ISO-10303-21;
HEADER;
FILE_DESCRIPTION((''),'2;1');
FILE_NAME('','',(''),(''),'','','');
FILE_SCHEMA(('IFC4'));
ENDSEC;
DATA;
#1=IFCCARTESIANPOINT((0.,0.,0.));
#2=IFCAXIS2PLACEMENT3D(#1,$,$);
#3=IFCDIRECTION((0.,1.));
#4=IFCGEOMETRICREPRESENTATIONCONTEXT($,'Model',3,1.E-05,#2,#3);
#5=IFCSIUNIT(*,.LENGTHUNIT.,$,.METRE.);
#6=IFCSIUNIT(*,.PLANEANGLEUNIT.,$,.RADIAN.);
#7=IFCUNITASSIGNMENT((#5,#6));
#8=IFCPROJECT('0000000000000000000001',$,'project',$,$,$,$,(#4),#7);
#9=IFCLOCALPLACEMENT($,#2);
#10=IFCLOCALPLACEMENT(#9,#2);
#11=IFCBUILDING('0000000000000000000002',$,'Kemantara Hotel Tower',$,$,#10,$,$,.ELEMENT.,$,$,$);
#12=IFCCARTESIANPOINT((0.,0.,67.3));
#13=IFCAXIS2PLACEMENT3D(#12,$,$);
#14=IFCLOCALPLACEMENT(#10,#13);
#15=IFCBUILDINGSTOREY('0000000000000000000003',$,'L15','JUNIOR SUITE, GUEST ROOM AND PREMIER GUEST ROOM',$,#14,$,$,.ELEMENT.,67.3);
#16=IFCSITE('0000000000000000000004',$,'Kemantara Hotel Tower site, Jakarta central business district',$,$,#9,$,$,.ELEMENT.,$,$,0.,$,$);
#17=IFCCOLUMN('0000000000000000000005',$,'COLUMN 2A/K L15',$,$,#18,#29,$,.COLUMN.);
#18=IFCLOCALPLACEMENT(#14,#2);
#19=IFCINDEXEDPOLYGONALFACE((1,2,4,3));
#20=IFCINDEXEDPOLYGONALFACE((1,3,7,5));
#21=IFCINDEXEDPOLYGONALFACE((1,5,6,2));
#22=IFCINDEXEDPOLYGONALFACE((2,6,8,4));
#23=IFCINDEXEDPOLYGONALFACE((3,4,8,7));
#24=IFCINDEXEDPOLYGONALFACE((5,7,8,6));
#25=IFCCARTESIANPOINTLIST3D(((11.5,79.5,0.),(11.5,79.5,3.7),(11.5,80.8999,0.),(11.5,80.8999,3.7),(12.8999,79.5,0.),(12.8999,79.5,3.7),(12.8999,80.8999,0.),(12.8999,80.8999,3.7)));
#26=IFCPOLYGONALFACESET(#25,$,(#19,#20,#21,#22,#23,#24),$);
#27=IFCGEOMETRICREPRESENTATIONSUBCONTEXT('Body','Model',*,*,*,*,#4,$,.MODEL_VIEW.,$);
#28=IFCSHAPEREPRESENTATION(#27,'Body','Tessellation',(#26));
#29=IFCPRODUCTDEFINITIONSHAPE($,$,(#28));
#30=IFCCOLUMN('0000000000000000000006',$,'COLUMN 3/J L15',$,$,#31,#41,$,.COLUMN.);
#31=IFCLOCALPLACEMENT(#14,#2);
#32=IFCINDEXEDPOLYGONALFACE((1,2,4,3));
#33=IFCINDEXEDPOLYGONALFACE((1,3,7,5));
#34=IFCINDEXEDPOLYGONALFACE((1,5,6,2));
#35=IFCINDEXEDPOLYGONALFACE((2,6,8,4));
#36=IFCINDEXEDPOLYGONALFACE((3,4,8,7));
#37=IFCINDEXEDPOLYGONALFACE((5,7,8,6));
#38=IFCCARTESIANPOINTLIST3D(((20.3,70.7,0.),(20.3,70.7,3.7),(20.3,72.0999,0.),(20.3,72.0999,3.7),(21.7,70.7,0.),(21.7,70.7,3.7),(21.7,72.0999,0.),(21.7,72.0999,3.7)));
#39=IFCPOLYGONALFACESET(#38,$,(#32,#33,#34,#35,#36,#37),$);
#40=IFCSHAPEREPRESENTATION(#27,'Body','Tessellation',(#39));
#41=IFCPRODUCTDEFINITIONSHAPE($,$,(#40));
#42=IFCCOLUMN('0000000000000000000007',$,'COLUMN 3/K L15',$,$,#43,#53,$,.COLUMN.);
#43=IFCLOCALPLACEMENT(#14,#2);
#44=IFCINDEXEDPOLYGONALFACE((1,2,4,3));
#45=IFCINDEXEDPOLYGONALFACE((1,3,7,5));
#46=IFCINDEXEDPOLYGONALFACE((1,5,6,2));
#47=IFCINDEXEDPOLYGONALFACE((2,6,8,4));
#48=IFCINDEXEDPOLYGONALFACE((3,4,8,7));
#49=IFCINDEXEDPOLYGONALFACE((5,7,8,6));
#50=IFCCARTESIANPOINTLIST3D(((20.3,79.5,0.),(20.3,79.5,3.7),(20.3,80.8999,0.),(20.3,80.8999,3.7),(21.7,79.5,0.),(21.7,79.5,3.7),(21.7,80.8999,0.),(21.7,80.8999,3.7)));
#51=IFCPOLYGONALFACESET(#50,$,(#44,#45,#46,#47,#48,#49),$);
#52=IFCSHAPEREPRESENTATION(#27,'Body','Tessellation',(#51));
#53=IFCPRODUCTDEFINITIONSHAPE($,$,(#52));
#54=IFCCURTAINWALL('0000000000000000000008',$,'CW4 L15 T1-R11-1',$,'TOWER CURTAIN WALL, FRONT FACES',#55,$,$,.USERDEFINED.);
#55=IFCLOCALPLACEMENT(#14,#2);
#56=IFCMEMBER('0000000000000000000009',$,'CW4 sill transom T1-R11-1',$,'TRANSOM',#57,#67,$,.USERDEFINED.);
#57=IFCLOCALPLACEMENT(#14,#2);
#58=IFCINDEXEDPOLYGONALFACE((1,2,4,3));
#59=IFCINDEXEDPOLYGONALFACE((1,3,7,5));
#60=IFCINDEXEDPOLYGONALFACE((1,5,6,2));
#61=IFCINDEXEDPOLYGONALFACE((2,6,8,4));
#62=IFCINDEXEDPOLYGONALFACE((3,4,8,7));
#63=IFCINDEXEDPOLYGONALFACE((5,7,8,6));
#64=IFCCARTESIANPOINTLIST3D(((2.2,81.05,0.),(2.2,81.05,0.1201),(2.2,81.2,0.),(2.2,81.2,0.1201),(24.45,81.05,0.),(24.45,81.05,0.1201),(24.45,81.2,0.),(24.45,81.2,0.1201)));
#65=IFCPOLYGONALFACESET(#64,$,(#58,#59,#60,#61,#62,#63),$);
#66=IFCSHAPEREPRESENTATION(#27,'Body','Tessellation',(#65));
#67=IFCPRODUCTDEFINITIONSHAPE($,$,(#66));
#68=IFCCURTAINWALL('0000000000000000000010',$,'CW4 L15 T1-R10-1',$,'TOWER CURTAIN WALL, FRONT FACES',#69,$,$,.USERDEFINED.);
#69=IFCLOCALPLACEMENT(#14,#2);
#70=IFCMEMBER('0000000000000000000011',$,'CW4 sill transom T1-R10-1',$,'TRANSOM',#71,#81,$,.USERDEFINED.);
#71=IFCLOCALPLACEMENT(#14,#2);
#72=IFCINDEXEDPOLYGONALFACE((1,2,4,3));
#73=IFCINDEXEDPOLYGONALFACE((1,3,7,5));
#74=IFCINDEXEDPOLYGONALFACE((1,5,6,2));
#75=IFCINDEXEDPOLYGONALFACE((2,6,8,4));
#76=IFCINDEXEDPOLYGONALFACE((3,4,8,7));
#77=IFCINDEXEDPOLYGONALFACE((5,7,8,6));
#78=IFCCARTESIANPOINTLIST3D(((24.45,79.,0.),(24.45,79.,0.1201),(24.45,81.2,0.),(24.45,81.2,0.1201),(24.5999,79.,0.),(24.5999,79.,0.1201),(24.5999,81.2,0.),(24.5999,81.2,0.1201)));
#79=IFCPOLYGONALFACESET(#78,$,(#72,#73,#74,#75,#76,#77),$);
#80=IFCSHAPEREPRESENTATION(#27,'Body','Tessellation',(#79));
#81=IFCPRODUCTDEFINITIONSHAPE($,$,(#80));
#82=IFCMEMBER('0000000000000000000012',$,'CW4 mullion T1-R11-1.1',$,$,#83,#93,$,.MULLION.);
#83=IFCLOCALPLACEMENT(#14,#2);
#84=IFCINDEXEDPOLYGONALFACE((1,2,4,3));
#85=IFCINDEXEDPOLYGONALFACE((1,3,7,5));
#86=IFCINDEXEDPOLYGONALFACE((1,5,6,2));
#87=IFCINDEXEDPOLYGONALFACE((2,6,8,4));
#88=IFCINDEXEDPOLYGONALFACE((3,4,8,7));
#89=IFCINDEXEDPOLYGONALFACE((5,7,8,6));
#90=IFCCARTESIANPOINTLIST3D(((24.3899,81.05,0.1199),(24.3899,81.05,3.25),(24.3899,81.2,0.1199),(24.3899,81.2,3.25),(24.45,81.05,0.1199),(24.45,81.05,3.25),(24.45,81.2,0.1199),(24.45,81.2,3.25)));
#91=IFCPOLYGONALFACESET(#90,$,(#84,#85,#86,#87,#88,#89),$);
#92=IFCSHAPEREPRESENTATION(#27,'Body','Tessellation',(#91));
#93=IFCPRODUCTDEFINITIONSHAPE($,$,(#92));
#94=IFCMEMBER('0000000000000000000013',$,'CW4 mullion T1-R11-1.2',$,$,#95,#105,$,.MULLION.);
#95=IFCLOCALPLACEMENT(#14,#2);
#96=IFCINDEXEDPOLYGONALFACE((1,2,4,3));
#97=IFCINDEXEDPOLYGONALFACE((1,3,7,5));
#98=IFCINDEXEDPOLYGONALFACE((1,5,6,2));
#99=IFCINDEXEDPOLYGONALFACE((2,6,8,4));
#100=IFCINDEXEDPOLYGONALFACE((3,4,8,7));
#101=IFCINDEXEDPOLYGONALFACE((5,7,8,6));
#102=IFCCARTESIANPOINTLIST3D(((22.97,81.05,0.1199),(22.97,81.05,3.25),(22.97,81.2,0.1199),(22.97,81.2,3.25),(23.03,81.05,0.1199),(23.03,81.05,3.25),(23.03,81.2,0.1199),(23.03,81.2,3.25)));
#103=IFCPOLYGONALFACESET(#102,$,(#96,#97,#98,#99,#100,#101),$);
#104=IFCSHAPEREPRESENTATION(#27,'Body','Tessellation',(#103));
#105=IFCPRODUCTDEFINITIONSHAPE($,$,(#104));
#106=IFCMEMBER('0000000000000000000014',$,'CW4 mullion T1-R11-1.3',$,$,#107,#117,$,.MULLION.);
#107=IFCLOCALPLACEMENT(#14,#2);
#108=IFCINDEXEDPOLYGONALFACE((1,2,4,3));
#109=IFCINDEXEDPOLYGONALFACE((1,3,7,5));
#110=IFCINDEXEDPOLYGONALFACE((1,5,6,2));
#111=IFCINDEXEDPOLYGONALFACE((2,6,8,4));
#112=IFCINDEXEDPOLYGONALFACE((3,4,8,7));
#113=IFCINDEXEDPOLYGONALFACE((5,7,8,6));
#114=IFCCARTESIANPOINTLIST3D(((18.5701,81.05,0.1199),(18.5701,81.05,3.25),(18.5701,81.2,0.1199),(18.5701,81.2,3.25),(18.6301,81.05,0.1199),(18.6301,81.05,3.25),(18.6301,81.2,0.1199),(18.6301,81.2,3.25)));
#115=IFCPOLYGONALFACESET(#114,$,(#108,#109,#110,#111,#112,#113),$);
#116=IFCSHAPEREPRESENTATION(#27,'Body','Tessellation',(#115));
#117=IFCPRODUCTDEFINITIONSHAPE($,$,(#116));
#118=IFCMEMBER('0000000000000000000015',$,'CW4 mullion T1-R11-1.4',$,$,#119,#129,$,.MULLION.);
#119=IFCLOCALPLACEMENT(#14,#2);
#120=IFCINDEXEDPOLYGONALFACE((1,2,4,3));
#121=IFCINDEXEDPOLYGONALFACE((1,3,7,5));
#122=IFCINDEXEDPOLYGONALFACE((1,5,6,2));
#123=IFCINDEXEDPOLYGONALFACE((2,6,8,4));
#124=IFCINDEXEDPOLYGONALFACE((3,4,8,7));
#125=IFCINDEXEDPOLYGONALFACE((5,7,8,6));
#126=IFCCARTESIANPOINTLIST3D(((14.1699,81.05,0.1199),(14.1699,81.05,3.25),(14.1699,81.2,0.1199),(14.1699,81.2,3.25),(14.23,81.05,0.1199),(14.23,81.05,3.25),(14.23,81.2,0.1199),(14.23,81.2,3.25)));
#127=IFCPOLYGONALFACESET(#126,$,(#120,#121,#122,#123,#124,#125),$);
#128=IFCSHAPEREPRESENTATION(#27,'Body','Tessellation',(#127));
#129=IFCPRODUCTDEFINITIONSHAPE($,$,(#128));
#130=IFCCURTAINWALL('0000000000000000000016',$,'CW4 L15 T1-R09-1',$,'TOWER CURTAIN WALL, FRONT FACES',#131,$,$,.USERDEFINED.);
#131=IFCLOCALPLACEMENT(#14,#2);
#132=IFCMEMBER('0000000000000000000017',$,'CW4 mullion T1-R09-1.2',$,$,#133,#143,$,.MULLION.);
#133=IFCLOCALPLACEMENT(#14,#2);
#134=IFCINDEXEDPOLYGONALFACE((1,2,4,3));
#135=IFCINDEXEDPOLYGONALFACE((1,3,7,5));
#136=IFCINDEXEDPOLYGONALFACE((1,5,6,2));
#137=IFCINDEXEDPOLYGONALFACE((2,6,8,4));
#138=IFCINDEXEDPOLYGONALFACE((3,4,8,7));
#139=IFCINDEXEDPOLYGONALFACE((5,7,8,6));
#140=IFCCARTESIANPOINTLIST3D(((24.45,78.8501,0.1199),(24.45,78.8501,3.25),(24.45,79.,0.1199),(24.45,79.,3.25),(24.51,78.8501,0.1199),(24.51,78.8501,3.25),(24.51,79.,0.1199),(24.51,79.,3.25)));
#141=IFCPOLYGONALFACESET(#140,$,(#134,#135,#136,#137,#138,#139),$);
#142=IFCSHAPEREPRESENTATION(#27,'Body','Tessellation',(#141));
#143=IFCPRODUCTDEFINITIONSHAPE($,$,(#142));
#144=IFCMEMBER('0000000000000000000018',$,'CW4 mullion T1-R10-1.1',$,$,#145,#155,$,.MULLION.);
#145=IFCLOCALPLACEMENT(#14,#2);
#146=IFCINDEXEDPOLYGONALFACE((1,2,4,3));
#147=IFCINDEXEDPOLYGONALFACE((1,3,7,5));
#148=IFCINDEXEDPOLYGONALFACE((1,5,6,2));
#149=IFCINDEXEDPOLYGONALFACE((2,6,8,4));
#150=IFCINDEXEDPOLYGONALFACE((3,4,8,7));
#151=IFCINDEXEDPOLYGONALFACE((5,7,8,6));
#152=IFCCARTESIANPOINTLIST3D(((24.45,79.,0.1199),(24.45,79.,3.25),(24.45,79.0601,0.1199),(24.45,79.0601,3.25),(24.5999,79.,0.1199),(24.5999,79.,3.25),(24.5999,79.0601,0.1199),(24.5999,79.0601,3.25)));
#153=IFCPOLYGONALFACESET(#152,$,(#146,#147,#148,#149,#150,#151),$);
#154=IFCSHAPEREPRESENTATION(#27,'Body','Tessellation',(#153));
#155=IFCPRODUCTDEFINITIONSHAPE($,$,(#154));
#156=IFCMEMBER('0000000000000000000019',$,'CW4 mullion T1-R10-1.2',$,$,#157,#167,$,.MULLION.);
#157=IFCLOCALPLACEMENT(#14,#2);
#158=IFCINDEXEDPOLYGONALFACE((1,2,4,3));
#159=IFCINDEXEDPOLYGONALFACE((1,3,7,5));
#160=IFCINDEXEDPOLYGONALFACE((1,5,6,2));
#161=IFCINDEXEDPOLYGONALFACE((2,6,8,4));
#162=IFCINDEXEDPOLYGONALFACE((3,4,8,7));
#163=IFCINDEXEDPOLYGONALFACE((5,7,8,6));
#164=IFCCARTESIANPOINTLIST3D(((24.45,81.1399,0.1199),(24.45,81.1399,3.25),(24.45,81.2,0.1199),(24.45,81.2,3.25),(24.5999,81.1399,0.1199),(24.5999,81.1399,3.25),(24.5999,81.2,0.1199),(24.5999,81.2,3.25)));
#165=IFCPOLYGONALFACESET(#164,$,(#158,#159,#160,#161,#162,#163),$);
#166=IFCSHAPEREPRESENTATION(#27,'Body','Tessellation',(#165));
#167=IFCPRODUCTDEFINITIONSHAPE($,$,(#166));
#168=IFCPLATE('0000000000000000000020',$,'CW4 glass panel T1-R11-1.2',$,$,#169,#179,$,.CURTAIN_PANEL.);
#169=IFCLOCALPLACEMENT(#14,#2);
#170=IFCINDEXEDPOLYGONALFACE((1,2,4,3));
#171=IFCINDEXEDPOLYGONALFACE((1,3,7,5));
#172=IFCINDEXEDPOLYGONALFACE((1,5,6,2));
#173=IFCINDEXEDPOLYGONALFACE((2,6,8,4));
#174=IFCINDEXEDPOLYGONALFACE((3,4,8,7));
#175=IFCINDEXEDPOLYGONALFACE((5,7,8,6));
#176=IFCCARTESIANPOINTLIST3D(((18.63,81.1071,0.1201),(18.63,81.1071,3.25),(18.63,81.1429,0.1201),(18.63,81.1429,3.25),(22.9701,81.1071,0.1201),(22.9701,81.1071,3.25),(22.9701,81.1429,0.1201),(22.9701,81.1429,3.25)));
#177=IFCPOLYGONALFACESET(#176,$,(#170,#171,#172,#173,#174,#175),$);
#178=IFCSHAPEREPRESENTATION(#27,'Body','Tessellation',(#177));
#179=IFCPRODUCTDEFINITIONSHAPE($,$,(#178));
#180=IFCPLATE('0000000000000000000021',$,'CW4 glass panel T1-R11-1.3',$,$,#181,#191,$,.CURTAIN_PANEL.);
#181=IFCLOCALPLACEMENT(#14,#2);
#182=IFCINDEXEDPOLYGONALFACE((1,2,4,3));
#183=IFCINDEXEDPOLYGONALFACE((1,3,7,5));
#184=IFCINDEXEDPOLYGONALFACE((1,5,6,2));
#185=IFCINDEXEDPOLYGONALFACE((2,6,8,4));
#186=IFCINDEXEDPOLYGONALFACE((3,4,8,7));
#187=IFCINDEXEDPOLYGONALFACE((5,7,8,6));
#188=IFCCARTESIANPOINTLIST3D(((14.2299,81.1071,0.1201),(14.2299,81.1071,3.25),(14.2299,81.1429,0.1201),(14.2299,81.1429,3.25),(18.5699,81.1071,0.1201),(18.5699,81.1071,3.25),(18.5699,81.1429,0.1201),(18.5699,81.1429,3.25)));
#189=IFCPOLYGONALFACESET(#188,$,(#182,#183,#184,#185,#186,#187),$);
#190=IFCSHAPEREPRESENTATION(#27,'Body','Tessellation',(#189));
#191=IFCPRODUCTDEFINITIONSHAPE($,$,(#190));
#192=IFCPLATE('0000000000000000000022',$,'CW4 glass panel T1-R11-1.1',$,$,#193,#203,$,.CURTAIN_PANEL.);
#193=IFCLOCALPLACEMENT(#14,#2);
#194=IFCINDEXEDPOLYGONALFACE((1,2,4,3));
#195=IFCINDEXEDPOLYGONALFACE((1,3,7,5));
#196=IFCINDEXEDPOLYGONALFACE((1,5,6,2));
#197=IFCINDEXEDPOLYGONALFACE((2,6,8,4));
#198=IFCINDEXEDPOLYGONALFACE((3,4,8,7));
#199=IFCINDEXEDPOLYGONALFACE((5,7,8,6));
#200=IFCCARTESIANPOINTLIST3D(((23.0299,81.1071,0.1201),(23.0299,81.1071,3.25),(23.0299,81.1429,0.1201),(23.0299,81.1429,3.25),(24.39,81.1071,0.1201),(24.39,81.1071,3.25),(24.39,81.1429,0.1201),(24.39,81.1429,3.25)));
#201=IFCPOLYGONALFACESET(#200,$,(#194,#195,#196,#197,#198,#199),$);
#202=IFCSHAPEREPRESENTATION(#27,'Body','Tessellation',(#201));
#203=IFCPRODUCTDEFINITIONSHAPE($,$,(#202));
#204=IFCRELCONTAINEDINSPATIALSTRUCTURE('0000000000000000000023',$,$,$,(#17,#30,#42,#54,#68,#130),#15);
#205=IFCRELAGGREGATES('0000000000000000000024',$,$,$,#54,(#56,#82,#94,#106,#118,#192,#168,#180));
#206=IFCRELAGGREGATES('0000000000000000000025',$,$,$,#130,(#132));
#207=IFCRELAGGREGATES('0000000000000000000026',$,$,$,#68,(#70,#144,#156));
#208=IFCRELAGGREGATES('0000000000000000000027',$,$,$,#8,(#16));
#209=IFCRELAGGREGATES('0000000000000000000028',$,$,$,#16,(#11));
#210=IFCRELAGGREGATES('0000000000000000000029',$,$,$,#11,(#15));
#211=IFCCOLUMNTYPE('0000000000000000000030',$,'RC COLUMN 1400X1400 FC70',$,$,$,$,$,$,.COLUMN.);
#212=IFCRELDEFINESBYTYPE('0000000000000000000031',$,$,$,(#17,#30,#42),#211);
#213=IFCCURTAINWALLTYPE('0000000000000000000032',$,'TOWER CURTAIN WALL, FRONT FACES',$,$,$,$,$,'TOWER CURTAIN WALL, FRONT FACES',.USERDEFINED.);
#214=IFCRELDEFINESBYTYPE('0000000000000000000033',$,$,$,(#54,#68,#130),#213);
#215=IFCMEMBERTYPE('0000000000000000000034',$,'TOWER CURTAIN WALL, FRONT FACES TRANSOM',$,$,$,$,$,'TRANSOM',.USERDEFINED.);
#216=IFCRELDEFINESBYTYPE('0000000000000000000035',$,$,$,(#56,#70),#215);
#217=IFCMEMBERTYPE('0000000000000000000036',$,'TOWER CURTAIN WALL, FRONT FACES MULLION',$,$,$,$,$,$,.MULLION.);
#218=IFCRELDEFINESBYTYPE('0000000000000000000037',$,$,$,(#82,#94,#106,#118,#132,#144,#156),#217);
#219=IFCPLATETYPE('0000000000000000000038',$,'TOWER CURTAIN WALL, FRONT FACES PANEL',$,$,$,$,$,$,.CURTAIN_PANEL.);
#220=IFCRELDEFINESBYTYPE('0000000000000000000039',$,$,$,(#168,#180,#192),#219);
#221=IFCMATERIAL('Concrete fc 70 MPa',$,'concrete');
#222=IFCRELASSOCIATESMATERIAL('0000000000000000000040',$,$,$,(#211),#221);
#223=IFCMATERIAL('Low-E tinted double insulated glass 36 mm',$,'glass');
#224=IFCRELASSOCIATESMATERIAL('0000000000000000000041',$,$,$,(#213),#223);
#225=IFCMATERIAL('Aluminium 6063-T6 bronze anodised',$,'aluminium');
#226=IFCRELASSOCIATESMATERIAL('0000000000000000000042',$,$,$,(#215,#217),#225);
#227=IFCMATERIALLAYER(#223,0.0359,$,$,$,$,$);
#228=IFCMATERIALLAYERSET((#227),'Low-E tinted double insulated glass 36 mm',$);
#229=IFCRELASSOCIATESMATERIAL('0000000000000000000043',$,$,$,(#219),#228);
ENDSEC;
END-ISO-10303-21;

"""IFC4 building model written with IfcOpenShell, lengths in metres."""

from ifc_helpers import new_model, si_unit, direction, frame, origin, origin_2d, place, context, subcontext, project, spatial, rectangle, extrude, source, transform, mapped, material, layer, layer_set, material_profile, profile_set, type_object, element, aggregate, save


model = new_model("IFC4")

# Units and contexts
model_context = context("Model", 3, precision=1e-05, world=origin(), true_north=direction((0.0, 1.0)))
body_context = subcontext(model_context, "Body", "Model", "MODEL_VIEW")
ifc_project = project(units=[si_unit("LENGTHUNIT", "METRE"), si_unit("PLANEANGLEUNIT", "RADIAN")], contexts=[model_context])

# Site, building, storey
site_placement = place(None, origin())
site = spatial("IfcSite", under=ifc_project, at=site_placement, Name="Kemantara Hotel Tower site, Jakarta central business district", CompositionType="ELEMENT", RefElevation=0.0)
building_placement = place(site_placement, origin())
building = spatial("IfcBuilding", under=site, at=building_placement, Name="Kemantara Hotel Tower", CompositionType="ELEMENT")
storey_placement = place(building_placement, frame((0.0, 0.0, 67.3)))
storey = spatial("IfcBuildingStorey", under=building, at=storey_placement, Name="L15", Description="JUNIOR SUITE, GUEST ROOM AND PREMIER GUEST ROOM", CompositionType="ELEMENT", Elevation=67.3)

# Columns
ifc_material_1 = material(Name="Concrete fc 70 MPa", Category="concrete")
ifc_material_profile_1 = material_profile(ifc_material_1, rectangle(XDim=1.3999, YDim=1.3999, at=origin_2d()), Name="RC 1400X1400")
ifc_profile_set_1 = profile_set([ifc_material_profile_1], Name="Concrete fc 70 MPa")
column_type = type_object("IfcColumnType", Name="RC COLUMN 1400X1400 FC70", PredefinedType="COLUMN", material=ifc_profile_set_1)
for number, where, z_axis, x_axis, name in (
    (1, (12.2, 80.2, 0.0), (0.0, 0.0, 1.0), (1.0, 0.0, 0.0), "COLUMN 2A/K L15"),
    (2, (21.0, 71.3999, 0.0), (0.0, 0.0, 1.0), (1.0, 0.0, 0.0), "COLUMN 3/J L15"),
    (3, (21.0, 80.2, 0.0), (0.0, 0.0, 1.0), (1.0, 0.0, 0.0), "COLUMN 3/K L15"),
):
    element("IfcColumn", number, at=place(storey_placement, frame(where, z_axis=z_axis, x_axis=x_axis)), inside=storey, type_object=column_type, Name=name, PredefinedType="COLUMN", context=body_context, shape_type="SweptSolid", body=[
        extrude(rectangle(XDim=1.3999, YDim=1.3999, at=origin_2d()), origin(), (0.0, 0.0, 1.0), 3.7),
    ])

# Curtain walls, members
ifc_material_2 = material(Name="Low-E tinted double insulated glass 36 mm", Category="glass")
curtain_wall_type = type_object("IfcCurtainWallType", Name="TOWER CURTAIN WALL, FRONT FACES", ElementType="TOWER CURTAIN WALL, FRONT FACES", PredefinedType="USERDEFINED", material=ifc_material_2)
curtain_wall_1_placement = place(storey_placement, origin())
curtain_wall_1 = element("IfcCurtainWall", 4, at=curtain_wall_1_placement, inside=storey, type_object=curtain_wall_type, Name="CW4 L15 T1-R11-1", ObjectType="TOWER CURTAIN WALL, FRONT FACES", PredefinedType="USERDEFINED")
ifc_material_3 = material(Name="Aluminium 6063-T6 bronze anodised", Category="aluminium")
ifc_material_profile_2 = material_profile(ifc_material_3, rectangle(XDim=0.1499, YDim=0.1201, at=origin_2d()), Name="TOWER CURTAIN WALL, FRONT FACES TRANSOM")
ifc_profile_set_2 = profile_set([ifc_material_profile_2], Name="Aluminium 6063-T6 bronze anodised")
member_type_1 = type_object("IfcMemberType", Name="TOWER CURTAIN WALL, FRONT FACES TRANSOM", ElementType="TRANSOM", PredefinedType="USERDEFINED", material=ifc_profile_set_2)
member_1_placement = place(storey_placement, frame((24.45, 81.125, 0.0601), z_axis=(-1.0, 0.0, 0.0), x_axis=(0.0, -1.0, 0.0)))
member_1 = element("IfcMember", 5, at=member_1_placement, type_object=member_type_1, Name="CW4 sill transom T1-R11-1", ObjectType="TRANSOM", PredefinedType="USERDEFINED", context=body_context, shape_type="SweptSolid", body=[
    extrude(rectangle(XDim=0.1499, YDim=0.1201, at=origin_2d()), origin(), (0.0, 0.0, 1.0), 22.25),
])
curtain_wall_2_placement = place(storey_placement, origin())
curtain_wall_2 = element("IfcCurtainWall", 6, at=curtain_wall_2_placement, inside=storey, type_object=curtain_wall_type, Name="CW4 L15 T1-R10-1", ObjectType="TOWER CURTAIN WALL, FRONT FACES", PredefinedType="USERDEFINED")
member_2_placement = place(storey_placement, frame((24.5249, 79.0, 0.0601), z_axis=(0.0, 1.0, 0.0), x_axis=(-1.0, 0.0, 0.0)))
member_2 = element("IfcMember", 7, at=member_2_placement, type_object=member_type_1, Name="CW4 sill transom T1-R10-1", ObjectType="TRANSOM", PredefinedType="USERDEFINED", context=body_context, shape_type="SweptSolid", body=[
    extrude(rectangle(XDim=0.1499, YDim=0.1201, at=origin_2d()), origin(), (0.0, 0.0, 1.0), 2.2),
])

# Members
ifc_material_profile_3 = material_profile(ifc_material_3, rectangle(XDim=0.1499, YDim=0.0601, at=origin_2d()), Name="TOWER CURTAIN WALL, FRONT FACES MULLION")
ifc_profile_set_3 = profile_set([ifc_material_profile_3], Name="Aluminium 6063-T6 bronze anodised")
member_type_2 = type_object("IfcMemberType", Name="TOWER CURTAIN WALL, FRONT FACES MULLION", PredefinedType="MULLION", material=ifc_profile_set_3)
shared_shape_1 = source(origin(), body_context, "Body", "SweptSolid", [
    extrude(rectangle(XDim=0.1499, YDim=0.0601, at=origin_2d()), origin(), (0.0, 0.0, 1.0), 3.1301),
])
member_3_placement = place(storey_placement, frame((24.4199, 81.125, 0.1199), z_axis=(0.0, 0.0, 1.0), x_axis=(0.0, -1.0, 0.0)))
member_3 = element("IfcMember", 8, at=member_3_placement, type_object=member_type_2, Name="CW4 mullion T1-R11-1.1", PredefinedType="MULLION", context=body_context, shape_type="MappedRepresentation", body=[
    mapped(shared_shape_1, transform((0.0, 0.0, 0.0))),
])
member_4_placement = place(storey_placement, frame((23.0, 81.125, 0.1199), z_axis=(0.0, 0.0, 1.0), x_axis=(0.0, -1.0, 0.0)))
member_4 = element("IfcMember", 9, at=member_4_placement, type_object=member_type_2, Name="CW4 mullion T1-R11-1.2", PredefinedType="MULLION", context=body_context, shape_type="MappedRepresentation", body=[
    mapped(shared_shape_1, transform((0.0, 0.0, 0.0))),
])
member_5_placement = place(storey_placement, frame((18.6001, 81.125, 0.1199), z_axis=(0.0, 0.0, 1.0), x_axis=(0.0, -1.0, 0.0)))
member_5 = element("IfcMember", 10, at=member_5_placement, type_object=member_type_2, Name="CW4 mullion T1-R11-1.3", PredefinedType="MULLION", context=body_context, shape_type="MappedRepresentation", body=[
    mapped(shared_shape_1, transform((0.0, 0.0, 0.0))),
])
member_6_placement = place(storey_placement, frame((14.2, 81.125, 0.1199), z_axis=(0.0, 0.0, 1.0), x_axis=(0.0, -1.0, 0.0)))
member_6 = element("IfcMember", 11, at=member_6_placement, type_object=member_type_2, Name="CW4 mullion T1-R11-1.4", PredefinedType="MULLION", context=body_context, shape_type="MappedRepresentation", body=[
    mapped(shared_shape_1, transform((0.0, 0.0, 0.0))),
])

# Curtain wall, member
curtain_wall_3_placement = place(storey_placement, origin())
curtain_wall_3 = element("IfcCurtainWall", 12, at=curtain_wall_3_placement, inside=storey, type_object=curtain_wall_type, Name="CW4 L15 T1-R09-1", ObjectType="TOWER CURTAIN WALL, FRONT FACES", PredefinedType="USERDEFINED")
member_7_placement = place(storey_placement, frame((24.48, 78.925, 0.1199), z_axis=(0.0, 0.0, 1.0), x_axis=(0.0, -1.0, 0.0)))
member_7 = element("IfcMember", 13, at=member_7_placement, type_object=member_type_2, Name="CW4 mullion T1-R09-1.2", PredefinedType="MULLION", context=body_context, shape_type="MappedRepresentation", body=[
    mapped(shared_shape_1, transform((0.0, 0.0, 0.0))),
])

# Members
member_8_placement = place(storey_placement, frame((24.5249, 79.03, 0.1199), z_axis=(0.0, 0.0, 1.0), x_axis=(-1.0, 0.0, 0.0)))
member_8 = element("IfcMember", 14, at=member_8_placement, type_object=member_type_2, Name="CW4 mullion T1-R10-1.1", PredefinedType="MULLION", context=body_context, shape_type="MappedRepresentation", body=[
    mapped(shared_shape_1, transform((0.0, 0.0, 0.0))),
])
member_9_placement = place(storey_placement, frame((24.5249, 81.1699, 0.1199), z_axis=(0.0, 0.0, 1.0), x_axis=(-1.0, 0.0, 0.0)))
member_9 = element("IfcMember", 15, at=member_9_placement, type_object=member_type_2, Name="CW4 mullion T1-R10-1.2", PredefinedType="MULLION", context=body_context, shape_type="MappedRepresentation", body=[
    mapped(shared_shape_1, transform((0.0, 0.0, 0.0))),
])

# Plates
ifc_layer_1 = layer(ifc_material_2, 0.0359)
ifc_layer_set_1 = layer_set([ifc_layer_1], Name="Low-E tinted double insulated glass 36 mm")
plate_type = type_object("IfcPlateType", Name="TOWER CURTAIN WALL, FRONT FACES PANEL", PredefinedType="CURTAIN_PANEL", material=ifc_layer_set_1)
shared_shape_2 = source(origin(), body_context, "Body", "SweptSolid", [
    extrude(rectangle(XDim=4.3401, YDim=0.0359, at=origin_2d()), origin(), (0.0, 0.0, 1.0), 3.1299),
])
plate_1_placement = place(storey_placement, frame((20.8, 81.125, 0.1201), z_axis=(0.0, 0.0, 1.0), x_axis=(-1.0, 0.0, 0.0)))
plate_1 = element("IfcPlate", 16, at=plate_1_placement, type_object=plate_type, Name="CW4 glass panel T1-R11-1.2", PredefinedType="CURTAIN_PANEL", context=body_context, shape_type="MappedRepresentation", body=[
    mapped(shared_shape_2, transform((0.0, 0.0, 0.0))),
])
plate_2_placement = place(storey_placement, frame((16.3999, 81.125, 0.1201), z_axis=(0.0, 0.0, 1.0), x_axis=(-1.0, 0.0, 0.0)))
plate_2 = element("IfcPlate", 17, at=plate_2_placement, type_object=plate_type, Name="CW4 glass panel T1-R11-1.3", PredefinedType="CURTAIN_PANEL", context=body_context, shape_type="MappedRepresentation", body=[
    mapped(shared_shape_2, transform((0.0, 0.0, 0.0))),
])
shared_shape_3 = source(origin(), body_context, "Body", "SweptSolid", [
    extrude(rectangle(XDim=1.3601, YDim=0.0359, at=origin_2d()), origin(), (0.0, 0.0, 1.0), 3.1299),
])
plate_3_placement = place(storey_placement, frame((23.71, 81.125, 0.1201), z_axis=(0.0, 0.0, 1.0), x_axis=(-1.0, 0.0, 0.0)))
plate_3 = element("IfcPlate", 18, at=plate_3_placement, type_object=plate_type, Name="CW4 glass panel T1-R11-1.1", PredefinedType="CURTAIN_PANEL", context=body_context, shape_type="MappedRepresentation", body=[
    mapped(shared_shape_3, transform((0.0, 0.0, 0.0))),
])
aggregate(curtain_wall_1, [member_1, member_3, member_4, member_5, member_6, plate_3, plate_1, plate_2])
aggregate(curtain_wall_3, [member_7])
aggregate(curtain_wall_2, [member_2, member_8, member_9])

save(model, "model.ifc")
